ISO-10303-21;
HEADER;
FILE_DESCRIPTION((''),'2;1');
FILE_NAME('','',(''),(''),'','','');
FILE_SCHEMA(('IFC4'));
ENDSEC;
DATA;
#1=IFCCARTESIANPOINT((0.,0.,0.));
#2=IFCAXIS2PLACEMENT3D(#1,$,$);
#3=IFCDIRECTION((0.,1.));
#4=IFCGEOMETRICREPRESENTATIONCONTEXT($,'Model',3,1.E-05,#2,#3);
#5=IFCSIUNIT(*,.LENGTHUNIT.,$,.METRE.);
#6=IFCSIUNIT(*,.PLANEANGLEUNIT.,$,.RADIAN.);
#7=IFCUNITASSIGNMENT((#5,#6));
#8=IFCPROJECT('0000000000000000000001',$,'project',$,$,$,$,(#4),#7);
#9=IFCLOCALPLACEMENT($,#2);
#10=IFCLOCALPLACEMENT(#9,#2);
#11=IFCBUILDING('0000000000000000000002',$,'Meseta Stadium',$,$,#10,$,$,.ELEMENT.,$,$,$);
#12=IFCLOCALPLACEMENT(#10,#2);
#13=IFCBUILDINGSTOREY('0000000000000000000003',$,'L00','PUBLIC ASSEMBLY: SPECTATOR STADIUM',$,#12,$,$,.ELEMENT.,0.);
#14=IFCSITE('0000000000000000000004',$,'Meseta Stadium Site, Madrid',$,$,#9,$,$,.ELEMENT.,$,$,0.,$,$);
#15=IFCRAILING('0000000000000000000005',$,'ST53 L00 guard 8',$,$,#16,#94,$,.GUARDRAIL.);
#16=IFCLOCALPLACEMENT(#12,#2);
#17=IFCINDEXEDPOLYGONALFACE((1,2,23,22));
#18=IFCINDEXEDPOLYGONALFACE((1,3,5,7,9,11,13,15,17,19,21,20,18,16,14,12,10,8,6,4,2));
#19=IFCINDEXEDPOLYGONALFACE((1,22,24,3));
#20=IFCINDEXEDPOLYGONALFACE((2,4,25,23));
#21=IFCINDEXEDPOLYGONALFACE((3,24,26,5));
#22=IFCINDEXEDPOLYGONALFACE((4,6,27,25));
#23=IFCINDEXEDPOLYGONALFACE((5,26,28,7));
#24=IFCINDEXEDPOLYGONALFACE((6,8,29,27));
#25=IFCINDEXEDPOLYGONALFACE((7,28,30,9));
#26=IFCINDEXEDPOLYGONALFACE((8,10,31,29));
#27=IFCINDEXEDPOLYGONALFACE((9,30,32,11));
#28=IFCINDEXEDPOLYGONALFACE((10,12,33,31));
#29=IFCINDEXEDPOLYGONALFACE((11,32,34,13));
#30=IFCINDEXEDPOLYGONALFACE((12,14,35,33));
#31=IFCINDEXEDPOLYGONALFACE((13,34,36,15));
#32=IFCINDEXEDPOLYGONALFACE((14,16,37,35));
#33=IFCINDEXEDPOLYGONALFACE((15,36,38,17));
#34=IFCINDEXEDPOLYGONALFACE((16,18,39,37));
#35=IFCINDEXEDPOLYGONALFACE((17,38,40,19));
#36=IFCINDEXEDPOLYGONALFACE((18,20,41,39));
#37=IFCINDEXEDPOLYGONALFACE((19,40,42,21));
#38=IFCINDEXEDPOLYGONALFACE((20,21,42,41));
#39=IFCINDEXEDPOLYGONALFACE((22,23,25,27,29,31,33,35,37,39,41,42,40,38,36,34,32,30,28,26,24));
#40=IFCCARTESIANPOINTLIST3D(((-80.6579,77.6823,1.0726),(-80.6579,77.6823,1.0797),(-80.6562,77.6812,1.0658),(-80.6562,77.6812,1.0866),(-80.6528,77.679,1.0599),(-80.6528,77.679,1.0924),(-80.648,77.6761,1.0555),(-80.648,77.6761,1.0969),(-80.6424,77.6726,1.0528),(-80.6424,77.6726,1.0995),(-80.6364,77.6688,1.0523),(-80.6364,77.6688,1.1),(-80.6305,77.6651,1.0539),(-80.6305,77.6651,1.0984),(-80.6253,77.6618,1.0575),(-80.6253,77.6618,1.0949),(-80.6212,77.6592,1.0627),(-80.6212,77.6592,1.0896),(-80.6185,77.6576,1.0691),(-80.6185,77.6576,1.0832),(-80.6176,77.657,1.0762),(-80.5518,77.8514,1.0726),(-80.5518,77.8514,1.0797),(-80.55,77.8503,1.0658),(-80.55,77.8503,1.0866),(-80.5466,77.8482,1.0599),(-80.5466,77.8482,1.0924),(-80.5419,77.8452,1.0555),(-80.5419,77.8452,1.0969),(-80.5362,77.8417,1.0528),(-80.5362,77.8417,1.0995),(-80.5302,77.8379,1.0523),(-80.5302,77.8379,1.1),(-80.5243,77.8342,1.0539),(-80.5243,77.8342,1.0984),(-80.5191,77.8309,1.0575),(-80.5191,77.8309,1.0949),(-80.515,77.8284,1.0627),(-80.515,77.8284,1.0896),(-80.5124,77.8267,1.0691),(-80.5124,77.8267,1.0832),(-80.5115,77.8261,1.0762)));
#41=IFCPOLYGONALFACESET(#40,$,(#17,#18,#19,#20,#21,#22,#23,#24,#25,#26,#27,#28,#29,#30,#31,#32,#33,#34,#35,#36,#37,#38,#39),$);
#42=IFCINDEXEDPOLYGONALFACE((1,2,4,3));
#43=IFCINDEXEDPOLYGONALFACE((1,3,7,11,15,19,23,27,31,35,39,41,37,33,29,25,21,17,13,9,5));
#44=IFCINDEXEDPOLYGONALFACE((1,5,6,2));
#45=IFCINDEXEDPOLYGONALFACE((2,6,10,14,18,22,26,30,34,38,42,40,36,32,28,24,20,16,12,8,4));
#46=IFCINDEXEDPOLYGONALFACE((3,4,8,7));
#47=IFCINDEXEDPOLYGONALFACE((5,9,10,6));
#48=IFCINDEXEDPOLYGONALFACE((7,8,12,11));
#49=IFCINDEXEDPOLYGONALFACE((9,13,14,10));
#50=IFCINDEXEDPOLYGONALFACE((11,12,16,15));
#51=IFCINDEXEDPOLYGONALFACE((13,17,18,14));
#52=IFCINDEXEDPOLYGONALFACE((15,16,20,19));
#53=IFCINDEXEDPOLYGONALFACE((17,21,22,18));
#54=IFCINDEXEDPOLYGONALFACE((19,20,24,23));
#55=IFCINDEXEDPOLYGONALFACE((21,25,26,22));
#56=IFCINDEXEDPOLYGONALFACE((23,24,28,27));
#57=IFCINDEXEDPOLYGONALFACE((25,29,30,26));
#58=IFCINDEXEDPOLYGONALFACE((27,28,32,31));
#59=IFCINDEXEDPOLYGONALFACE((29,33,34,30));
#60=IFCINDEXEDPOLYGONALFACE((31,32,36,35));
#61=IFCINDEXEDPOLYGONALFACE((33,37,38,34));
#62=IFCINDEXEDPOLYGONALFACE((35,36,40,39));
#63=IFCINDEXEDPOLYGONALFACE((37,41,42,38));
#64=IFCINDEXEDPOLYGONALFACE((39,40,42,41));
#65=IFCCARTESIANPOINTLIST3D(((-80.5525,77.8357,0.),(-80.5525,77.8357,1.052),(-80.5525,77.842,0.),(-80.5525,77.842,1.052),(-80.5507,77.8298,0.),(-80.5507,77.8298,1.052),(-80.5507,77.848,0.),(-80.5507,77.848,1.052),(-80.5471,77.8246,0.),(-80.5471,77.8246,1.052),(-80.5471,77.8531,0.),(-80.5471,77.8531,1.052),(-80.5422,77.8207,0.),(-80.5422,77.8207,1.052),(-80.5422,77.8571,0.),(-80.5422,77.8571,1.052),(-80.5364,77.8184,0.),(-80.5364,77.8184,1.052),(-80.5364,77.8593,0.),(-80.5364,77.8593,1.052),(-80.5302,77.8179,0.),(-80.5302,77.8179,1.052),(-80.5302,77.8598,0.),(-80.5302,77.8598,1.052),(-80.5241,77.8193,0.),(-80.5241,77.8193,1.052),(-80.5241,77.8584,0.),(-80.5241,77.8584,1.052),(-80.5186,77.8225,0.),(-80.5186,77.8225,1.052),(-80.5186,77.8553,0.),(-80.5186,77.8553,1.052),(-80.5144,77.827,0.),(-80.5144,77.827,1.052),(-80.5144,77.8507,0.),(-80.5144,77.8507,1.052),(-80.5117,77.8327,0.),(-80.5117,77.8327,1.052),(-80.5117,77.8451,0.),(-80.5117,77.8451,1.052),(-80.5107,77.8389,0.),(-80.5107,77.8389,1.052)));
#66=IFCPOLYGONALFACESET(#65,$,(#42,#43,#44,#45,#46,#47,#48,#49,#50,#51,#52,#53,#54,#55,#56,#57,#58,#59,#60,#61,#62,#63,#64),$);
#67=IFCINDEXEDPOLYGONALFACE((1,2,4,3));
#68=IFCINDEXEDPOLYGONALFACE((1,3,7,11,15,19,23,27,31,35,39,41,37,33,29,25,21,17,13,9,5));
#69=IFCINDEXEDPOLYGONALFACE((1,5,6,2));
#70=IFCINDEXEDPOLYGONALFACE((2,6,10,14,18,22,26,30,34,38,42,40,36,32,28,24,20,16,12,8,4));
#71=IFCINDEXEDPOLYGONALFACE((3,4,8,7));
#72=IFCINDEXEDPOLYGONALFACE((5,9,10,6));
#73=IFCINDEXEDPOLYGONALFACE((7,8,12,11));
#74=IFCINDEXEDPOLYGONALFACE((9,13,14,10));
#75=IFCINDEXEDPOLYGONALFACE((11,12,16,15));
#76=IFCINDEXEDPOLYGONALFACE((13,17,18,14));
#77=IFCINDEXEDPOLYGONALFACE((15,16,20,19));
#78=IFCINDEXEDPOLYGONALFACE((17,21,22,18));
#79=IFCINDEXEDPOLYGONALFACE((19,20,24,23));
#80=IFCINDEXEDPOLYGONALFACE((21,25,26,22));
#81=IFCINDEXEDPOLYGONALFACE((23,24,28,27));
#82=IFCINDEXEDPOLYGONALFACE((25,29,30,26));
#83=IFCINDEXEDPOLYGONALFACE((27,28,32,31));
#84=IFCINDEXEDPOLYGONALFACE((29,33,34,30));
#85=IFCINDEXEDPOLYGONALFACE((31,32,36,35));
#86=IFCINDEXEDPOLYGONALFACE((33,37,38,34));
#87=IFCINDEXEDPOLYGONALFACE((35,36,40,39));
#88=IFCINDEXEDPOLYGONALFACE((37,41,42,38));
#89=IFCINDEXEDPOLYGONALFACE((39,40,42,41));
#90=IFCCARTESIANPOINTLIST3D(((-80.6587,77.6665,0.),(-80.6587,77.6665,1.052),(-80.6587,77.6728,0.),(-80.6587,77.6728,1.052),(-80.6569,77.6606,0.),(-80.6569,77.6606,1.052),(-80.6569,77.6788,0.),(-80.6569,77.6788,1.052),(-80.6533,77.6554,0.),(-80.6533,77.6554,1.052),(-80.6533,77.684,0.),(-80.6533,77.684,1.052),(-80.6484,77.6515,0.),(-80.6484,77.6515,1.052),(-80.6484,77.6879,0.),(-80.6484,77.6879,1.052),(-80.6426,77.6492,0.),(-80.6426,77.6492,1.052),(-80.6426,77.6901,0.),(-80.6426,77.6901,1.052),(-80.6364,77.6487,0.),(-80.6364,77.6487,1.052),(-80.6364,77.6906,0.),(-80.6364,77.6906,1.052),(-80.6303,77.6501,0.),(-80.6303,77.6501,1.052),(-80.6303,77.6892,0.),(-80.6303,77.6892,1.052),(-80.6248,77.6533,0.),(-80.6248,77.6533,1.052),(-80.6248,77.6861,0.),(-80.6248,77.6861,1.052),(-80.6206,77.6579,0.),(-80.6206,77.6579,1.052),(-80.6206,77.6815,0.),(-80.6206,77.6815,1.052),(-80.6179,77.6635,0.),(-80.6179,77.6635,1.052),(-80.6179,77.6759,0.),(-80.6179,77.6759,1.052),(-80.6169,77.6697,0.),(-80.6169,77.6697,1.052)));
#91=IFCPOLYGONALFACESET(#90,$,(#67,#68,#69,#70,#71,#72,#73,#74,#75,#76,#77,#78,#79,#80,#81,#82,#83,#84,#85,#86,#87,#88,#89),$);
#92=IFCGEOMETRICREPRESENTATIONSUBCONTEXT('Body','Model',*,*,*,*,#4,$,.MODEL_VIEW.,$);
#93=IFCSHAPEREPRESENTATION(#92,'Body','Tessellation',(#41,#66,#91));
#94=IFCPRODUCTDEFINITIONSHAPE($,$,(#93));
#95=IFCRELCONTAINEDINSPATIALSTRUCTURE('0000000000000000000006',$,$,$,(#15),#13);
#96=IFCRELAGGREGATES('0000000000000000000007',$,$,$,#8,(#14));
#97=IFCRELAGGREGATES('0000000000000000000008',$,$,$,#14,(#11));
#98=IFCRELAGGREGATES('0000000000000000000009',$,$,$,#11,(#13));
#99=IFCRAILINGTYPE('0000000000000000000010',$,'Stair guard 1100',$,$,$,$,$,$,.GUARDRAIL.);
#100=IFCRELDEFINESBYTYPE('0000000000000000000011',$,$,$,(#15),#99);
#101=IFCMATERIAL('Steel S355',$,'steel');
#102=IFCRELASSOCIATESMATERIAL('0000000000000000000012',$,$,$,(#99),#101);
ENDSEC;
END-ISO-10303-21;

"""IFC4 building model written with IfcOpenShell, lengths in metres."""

from ifc_helpers import new_model, si_unit, direction, frame, origin, origin_2d, place, context, subcontext, project, spatial, circle, extrude, material, type_object, element, save


model = new_model("IFC4")

# Units and contexts
model_context = context("Model", 3, precision=1e-05, world=origin(), true_north=direction((0.0, 1.0)))
body_context = subcontext(model_context, "Body", "Model", "MODEL_VIEW")
ifc_project = project(units=[si_unit("LENGTHUNIT", "METRE"), si_unit("PLANEANGLEUNIT", "RADIAN")], contexts=[model_context])

# Site, building, storey
site_placement = place(None, origin())
site = spatial("IfcSite", under=ifc_project, at=site_placement, Name="Meseta Stadium Site, Madrid", CompositionType="ELEMENT", RefElevation=0.0)
building_placement = place(site_placement, origin())
building = spatial("IfcBuilding", under=site, at=building_placement, Name="Meseta Stadium", CompositionType="ELEMENT")
storey_placement = place(building_placement, origin())
storey = spatial("IfcBuildingStorey", under=building, at=storey_placement, Name="L00", Description="PUBLIC ASSEMBLY: SPECTATOR STADIUM", CompositionType="ELEMENT", Elevation=0.0)

# Railing
ifc_material_1 = material(Name="Steel S355", Category="steel")
railing_type_1 = type_object("IfcRailingType", Name="Stair guard 1100", PredefinedType="GUARDRAIL", material=ifc_material_1)
railing_1_placement = place(storey_placement, frame((-80.5317, 77.8389, 0.0)))
element("IfcRailing", 1, at=railing_1_placement, inside=storey, type_object=railing_type_1, Name="ST53 L00 guard 8", PredefinedType="GUARDRAIL", context=body_context, shape_type="SweptSolid", body=[
    extrude(circle(Radius=0.0239, at=origin_2d()), frame((0.0, 0.0, 1.0762), z_axis=(-0.531646, -0.846967, 0.0), x_axis=(0.846967, -0.531646, 0.0)), (0.0, 0.0, 1.0), 0.1997),
    extrude(circle(Radius=0.021, at=origin_2d()), origin(), (0.0, 0.0, 1.0), 1.052),
    extrude(circle(Radius=0.021, at=origin_2d()), frame((-0.1062, -0.1692, 0.0)), (0.0, 0.0, 1.0), 1.052),
])

save(model, "model.ifc")
